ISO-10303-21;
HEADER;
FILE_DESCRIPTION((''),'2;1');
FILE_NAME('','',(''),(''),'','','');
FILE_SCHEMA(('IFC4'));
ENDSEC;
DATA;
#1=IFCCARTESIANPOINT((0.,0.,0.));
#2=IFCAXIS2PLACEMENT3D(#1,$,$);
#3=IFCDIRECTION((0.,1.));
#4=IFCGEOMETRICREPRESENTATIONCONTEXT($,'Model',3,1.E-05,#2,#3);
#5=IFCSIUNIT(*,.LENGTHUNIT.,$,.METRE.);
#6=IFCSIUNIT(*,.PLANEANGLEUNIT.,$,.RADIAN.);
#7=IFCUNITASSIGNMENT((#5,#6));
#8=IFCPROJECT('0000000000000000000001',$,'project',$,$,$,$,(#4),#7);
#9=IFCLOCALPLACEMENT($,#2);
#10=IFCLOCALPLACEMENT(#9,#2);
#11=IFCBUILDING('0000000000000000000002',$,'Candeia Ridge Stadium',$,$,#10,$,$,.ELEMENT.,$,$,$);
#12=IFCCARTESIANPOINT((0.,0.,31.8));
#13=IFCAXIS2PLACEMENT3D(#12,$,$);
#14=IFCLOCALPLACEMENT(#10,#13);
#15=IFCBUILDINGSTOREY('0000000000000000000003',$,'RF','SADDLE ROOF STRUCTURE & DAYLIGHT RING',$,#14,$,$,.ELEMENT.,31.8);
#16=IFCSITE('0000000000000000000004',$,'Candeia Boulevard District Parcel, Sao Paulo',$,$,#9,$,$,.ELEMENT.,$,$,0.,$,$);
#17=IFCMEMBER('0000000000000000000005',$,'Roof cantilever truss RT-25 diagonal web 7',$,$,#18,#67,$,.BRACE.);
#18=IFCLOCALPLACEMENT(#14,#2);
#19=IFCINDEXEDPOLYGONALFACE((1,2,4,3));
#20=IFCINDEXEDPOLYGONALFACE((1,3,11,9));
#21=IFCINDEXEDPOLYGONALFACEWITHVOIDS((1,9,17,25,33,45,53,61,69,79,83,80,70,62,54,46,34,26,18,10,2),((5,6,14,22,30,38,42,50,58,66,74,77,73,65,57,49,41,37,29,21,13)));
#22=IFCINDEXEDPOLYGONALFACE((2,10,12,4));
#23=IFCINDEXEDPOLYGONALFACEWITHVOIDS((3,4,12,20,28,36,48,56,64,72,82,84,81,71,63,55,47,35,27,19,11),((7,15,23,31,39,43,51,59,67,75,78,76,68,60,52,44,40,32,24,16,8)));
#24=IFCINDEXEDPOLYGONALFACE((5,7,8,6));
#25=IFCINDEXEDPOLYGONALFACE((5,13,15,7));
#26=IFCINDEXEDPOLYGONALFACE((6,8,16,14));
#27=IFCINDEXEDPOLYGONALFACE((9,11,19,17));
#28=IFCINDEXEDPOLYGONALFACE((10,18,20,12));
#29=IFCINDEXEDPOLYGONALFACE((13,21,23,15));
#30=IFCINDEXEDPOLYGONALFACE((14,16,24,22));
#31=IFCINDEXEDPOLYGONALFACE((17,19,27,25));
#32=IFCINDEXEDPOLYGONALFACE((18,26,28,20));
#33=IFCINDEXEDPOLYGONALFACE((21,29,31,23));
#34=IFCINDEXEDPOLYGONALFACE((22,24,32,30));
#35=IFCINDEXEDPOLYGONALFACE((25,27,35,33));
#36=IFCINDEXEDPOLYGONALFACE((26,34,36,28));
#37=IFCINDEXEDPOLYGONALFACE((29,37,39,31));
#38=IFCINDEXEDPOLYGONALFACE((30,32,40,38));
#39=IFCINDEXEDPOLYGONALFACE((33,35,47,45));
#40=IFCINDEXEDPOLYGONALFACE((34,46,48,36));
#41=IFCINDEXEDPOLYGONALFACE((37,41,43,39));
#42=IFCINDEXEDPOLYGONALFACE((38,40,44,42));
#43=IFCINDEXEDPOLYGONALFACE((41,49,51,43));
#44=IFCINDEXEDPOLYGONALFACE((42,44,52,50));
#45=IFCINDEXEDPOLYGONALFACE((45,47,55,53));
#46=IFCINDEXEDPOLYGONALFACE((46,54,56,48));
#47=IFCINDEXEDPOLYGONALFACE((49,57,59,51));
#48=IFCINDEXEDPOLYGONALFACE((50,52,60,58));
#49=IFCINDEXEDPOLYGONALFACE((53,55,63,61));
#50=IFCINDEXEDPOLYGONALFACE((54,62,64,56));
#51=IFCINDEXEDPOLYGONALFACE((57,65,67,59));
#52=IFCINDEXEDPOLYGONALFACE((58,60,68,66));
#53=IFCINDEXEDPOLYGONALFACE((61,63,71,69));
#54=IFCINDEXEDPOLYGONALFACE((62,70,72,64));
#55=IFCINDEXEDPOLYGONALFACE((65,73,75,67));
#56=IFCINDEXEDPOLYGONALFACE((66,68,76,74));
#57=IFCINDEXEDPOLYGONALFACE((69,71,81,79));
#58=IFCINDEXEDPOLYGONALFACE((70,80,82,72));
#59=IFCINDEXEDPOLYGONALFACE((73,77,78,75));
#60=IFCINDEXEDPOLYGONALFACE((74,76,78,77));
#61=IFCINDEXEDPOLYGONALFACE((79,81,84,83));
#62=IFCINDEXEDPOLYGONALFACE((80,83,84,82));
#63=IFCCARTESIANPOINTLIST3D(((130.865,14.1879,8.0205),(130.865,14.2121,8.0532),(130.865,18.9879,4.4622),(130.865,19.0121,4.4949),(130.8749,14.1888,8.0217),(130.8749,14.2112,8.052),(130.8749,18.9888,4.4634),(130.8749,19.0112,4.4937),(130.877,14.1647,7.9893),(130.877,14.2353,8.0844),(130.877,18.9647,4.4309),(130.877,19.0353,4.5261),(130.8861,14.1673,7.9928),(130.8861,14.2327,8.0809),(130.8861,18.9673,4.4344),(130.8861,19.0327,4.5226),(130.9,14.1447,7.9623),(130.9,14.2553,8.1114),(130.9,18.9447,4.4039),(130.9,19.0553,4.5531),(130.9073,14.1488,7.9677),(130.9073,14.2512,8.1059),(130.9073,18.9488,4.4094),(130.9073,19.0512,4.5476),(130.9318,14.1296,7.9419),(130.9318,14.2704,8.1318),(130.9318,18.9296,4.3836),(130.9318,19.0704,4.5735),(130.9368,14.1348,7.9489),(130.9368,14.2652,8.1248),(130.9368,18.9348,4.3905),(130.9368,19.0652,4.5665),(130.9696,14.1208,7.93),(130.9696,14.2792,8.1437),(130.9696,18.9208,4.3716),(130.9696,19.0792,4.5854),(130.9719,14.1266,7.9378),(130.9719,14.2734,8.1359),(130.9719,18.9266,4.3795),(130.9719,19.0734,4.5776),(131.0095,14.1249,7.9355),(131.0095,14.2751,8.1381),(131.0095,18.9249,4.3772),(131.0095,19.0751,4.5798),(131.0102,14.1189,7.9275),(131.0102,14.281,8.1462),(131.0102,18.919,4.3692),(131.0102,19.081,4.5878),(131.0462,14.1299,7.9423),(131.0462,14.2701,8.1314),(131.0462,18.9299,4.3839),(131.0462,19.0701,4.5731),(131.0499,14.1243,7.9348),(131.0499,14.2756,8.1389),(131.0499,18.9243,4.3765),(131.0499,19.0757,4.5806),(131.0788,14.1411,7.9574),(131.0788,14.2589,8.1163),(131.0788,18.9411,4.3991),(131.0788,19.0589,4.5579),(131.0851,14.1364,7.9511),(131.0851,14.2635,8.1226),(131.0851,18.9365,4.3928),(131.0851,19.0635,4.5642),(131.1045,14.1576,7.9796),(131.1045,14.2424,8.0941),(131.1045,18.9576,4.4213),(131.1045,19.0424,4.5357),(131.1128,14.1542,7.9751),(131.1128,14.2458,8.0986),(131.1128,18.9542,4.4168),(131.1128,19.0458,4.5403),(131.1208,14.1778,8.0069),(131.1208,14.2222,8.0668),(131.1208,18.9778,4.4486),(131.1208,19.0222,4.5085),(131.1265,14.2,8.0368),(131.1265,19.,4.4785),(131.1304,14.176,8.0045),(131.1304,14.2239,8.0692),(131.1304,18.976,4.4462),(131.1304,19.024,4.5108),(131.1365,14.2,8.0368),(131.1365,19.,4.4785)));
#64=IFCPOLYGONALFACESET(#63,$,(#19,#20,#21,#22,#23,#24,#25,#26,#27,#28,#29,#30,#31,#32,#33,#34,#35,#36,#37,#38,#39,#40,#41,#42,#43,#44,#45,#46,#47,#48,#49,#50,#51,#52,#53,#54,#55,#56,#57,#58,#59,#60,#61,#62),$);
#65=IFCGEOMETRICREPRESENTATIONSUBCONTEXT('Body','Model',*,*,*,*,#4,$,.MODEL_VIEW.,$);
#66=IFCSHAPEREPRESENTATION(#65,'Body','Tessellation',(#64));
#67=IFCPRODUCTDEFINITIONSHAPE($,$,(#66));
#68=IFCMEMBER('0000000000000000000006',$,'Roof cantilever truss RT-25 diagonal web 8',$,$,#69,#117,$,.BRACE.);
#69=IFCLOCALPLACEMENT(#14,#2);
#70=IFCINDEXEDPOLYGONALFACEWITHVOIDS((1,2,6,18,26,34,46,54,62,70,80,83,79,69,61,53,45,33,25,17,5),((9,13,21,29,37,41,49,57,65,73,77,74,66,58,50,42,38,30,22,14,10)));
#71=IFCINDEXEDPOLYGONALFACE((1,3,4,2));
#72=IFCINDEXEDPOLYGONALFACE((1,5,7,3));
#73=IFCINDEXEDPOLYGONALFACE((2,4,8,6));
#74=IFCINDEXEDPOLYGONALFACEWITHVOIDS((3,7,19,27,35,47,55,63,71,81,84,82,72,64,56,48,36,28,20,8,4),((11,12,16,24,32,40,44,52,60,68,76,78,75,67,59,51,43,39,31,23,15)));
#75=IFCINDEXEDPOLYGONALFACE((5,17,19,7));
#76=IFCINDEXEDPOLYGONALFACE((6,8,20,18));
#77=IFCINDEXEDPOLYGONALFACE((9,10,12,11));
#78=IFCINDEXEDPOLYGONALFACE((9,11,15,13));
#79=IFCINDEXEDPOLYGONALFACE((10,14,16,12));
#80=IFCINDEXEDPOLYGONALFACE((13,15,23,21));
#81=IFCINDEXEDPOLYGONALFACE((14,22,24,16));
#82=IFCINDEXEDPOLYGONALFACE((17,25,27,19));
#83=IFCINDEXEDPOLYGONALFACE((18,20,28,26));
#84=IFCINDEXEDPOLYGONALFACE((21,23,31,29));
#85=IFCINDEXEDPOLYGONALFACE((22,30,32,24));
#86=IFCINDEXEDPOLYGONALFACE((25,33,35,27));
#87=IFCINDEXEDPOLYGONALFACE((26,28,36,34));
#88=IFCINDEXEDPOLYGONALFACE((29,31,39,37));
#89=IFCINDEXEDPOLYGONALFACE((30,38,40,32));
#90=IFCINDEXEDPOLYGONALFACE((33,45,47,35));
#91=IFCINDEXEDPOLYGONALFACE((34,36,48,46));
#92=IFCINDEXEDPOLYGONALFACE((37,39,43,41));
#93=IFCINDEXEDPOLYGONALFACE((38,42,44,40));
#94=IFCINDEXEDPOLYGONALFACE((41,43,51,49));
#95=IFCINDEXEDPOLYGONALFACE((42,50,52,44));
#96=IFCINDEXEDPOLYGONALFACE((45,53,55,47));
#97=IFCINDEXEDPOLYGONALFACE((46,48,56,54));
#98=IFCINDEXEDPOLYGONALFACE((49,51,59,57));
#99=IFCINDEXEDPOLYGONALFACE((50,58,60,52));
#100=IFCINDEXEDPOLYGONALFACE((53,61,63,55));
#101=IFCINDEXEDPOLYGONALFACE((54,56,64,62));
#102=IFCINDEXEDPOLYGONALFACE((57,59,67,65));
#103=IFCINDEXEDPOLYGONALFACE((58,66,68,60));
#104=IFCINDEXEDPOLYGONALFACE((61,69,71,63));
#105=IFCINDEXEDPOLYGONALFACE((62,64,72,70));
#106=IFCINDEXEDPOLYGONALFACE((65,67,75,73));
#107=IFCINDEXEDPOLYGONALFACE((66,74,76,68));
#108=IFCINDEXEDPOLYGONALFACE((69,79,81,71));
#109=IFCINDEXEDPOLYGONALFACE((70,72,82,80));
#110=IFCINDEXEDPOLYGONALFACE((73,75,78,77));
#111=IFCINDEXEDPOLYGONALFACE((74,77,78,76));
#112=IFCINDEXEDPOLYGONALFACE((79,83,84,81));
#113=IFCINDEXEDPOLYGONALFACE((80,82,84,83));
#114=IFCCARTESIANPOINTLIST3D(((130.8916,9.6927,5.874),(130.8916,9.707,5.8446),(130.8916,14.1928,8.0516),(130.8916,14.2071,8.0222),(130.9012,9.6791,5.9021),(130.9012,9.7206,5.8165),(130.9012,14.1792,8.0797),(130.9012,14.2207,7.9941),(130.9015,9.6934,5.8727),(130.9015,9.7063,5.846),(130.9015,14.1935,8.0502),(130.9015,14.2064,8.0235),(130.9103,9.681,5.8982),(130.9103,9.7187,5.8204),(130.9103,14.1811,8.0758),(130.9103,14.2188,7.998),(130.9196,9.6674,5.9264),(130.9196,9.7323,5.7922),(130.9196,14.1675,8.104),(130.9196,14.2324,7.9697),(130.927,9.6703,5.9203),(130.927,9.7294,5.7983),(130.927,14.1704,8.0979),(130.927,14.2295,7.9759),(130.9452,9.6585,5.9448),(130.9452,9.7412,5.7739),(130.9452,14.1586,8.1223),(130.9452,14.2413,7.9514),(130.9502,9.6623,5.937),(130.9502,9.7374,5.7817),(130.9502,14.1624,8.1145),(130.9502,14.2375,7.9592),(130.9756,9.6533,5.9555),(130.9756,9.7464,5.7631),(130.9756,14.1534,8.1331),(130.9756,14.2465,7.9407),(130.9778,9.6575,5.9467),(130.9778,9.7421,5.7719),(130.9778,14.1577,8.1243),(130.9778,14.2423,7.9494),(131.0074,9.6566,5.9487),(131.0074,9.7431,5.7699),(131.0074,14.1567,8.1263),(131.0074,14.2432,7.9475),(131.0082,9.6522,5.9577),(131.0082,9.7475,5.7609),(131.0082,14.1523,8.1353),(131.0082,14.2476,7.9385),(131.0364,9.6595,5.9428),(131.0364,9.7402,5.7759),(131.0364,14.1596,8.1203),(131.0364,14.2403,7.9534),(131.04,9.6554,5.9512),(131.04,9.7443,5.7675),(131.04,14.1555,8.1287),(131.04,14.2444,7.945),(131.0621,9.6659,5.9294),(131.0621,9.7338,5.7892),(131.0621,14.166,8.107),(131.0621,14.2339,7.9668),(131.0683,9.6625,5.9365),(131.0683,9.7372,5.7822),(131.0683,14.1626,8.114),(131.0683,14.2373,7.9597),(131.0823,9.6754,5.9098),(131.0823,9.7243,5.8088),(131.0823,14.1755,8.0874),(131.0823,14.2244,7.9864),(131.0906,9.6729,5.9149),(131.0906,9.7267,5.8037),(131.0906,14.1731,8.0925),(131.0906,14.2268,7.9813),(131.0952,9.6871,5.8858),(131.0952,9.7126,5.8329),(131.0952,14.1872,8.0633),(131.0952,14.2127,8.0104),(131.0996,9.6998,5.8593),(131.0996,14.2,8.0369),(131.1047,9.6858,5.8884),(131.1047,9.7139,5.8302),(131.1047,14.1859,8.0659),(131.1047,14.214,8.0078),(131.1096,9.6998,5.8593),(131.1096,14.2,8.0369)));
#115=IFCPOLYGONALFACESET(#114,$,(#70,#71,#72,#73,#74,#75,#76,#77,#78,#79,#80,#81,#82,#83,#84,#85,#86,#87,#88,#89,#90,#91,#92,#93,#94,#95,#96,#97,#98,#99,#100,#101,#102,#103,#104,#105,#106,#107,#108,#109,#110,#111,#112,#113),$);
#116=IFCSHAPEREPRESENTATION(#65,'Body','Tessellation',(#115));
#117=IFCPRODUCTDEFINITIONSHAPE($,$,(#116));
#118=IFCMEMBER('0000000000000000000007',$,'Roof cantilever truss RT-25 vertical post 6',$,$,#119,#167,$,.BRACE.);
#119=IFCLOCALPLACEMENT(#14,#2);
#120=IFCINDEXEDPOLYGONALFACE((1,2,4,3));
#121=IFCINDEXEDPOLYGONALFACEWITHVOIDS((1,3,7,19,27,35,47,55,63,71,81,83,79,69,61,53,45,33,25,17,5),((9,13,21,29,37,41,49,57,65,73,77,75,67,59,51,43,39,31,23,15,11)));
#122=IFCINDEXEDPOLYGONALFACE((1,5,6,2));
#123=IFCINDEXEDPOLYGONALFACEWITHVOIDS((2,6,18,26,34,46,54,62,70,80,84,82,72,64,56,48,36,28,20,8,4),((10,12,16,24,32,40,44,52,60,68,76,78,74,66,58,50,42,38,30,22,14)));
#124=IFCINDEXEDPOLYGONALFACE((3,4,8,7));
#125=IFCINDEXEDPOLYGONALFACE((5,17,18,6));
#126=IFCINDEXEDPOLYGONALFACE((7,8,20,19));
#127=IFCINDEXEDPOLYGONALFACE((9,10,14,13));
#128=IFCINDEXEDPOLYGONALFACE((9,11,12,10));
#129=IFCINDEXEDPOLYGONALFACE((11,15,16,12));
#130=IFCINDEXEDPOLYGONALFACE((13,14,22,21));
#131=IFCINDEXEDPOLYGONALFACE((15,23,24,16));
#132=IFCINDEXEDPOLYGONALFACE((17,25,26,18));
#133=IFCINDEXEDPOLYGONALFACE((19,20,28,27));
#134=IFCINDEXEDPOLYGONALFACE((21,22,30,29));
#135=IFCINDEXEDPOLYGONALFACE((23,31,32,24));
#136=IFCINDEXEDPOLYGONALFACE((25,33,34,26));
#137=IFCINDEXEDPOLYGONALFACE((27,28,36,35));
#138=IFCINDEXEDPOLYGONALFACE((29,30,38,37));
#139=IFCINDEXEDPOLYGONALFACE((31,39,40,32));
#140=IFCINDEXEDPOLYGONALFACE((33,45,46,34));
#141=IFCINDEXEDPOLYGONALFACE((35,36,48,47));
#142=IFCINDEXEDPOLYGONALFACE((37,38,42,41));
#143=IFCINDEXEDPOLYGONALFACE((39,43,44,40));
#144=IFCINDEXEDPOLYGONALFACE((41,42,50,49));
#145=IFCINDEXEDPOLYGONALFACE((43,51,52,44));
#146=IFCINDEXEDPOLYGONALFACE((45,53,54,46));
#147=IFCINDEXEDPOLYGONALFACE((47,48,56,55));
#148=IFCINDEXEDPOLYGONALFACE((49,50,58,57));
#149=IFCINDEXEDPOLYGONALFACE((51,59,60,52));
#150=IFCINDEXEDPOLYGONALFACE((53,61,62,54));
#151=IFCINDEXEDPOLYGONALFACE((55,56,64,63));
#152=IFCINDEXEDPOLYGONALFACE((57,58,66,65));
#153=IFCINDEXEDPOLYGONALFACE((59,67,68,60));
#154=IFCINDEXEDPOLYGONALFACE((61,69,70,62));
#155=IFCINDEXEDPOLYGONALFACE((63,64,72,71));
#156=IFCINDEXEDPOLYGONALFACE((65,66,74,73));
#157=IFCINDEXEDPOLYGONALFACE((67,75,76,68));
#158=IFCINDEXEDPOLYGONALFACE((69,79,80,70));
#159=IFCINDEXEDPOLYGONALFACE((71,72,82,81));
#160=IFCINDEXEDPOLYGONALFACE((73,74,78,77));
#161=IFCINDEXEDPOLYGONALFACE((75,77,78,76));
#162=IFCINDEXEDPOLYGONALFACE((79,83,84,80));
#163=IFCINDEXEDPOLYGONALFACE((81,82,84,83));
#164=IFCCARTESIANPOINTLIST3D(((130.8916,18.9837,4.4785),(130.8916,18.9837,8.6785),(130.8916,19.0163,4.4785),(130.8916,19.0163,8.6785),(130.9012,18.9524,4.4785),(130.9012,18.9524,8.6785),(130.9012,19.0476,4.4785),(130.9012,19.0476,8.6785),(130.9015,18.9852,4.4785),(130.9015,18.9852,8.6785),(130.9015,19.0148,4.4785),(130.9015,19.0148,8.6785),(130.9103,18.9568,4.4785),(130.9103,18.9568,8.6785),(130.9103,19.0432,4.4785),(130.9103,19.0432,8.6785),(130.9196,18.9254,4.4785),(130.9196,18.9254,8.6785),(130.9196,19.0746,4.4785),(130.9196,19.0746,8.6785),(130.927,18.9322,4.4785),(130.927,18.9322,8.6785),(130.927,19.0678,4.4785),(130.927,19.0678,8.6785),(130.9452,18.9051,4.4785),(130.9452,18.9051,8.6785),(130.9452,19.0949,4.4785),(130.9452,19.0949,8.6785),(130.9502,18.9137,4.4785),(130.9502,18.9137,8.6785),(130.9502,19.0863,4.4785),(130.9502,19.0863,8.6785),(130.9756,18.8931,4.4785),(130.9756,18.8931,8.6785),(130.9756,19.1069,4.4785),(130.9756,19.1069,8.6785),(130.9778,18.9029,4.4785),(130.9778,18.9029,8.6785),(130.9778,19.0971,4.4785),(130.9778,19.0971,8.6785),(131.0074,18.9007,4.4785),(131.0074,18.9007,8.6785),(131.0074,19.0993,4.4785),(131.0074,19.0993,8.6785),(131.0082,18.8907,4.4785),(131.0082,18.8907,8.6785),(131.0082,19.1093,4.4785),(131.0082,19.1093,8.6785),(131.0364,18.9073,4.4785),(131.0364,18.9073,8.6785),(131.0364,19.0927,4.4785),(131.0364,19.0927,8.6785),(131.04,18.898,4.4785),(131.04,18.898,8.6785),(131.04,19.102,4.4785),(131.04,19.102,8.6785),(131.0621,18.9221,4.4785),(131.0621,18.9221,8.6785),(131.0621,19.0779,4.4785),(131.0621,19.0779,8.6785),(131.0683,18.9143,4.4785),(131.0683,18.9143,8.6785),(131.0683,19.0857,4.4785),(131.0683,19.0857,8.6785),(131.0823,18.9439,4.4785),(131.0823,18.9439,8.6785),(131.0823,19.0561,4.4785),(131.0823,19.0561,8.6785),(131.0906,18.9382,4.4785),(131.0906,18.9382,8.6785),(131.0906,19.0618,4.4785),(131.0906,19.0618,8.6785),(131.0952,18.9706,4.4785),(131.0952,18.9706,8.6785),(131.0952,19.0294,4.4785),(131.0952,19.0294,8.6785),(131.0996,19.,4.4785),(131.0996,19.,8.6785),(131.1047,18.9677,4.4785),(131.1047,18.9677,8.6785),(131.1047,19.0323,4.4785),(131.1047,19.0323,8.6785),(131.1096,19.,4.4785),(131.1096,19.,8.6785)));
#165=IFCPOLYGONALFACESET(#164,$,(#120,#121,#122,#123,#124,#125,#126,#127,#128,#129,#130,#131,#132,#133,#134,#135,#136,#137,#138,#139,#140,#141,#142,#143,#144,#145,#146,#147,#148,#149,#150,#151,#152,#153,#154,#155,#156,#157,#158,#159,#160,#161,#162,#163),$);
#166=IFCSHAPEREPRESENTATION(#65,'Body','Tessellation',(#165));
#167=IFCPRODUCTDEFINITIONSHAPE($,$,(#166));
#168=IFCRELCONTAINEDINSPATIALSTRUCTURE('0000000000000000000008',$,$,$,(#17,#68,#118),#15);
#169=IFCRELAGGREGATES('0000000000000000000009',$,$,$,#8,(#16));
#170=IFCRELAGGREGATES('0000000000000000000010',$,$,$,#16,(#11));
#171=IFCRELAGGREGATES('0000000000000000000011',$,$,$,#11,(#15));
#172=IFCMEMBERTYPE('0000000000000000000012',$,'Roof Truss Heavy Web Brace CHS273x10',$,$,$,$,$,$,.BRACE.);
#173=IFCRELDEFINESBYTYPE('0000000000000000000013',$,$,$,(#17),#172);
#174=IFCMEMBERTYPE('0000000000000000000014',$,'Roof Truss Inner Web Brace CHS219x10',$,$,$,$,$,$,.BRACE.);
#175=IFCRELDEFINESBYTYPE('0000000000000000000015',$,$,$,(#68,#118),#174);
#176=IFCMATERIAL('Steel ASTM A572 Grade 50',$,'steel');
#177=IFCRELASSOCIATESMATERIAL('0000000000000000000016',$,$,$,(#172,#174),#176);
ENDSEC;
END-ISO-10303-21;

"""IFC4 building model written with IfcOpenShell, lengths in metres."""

from ifc_helpers import new_model, si_unit, direction, frame, origin, origin_2d, place, context, subcontext, project, spatial, hollow_circle, extrude, material, material_profile, profile_set, type_object, element, save


model = new_model("IFC4")

# Units and contexts
model_context = context("Model", 3, precision=1e-05, world=origin(), true_north=direction((0.0, 1.0)))
body_context = subcontext(model_context, "Body", "Model", "MODEL_VIEW")
ifc_project = project(units=[si_unit("LENGTHUNIT", "METRE"), si_unit("PLANEANGLEUNIT", "RADIAN")], contexts=[model_context])

# Site, building, storey
site_placement = place(None, origin())
site = spatial("IfcSite", under=ifc_project, at=site_placement, Name="Candeia Boulevard District Parcel, Sao Paulo", CompositionType="ELEMENT", RefElevation=0.0)
building_placement = place(site_placement, origin())
building = spatial("IfcBuilding", under=site, at=building_placement, Name="Candeia Ridge Stadium", CompositionType="ELEMENT")
storey_placement = place(building_placement, frame((0.0, 0.0, 31.8)))
storey = spatial("IfcBuildingStorey", under=building, at=storey_placement, Name="RF", Description="SADDLE ROOF STRUCTURE & DAYLIGHT RING", CompositionType="ELEMENT", Elevation=31.8)

# Shared definitions
ifc_material_1 = material(Name="Steel ASTM A572 Grade 50", Category="steel")

# Members
ifc_material_profile_1 = material_profile(ifc_material_1, hollow_circle(Radius=0.1365, WallThickness=0.01, at=origin_2d()), Name="CHS273x10", Category="steel")
ifc_profile_set_1 = profile_set([ifc_material_profile_1], Name="Steel ASTM A572 Grade 50")
member_type_1 = type_object("IfcMemberType", Name="Roof Truss Heavy Web Brace CHS273x10", PredefinedType="BRACE", material=ifc_profile_set_1)
member_1_placement = place(storey_placement, frame((131.0, 19.0, 4.4785), z_axis=(0.0, -0.803336, 0.595526), x_axis=(1.0, 0.0, 0.0)))
element("IfcMember", 1, at=member_1_placement, inside=storey, type_object=member_type_1, Name="Roof cantilever truss RT-25 diagonal web 7", PredefinedType="BRACE", context=body_context, shape_type="SweptSolid", body=[
    extrude(hollow_circle(Radius=0.1365, WallThickness=0.01, at=origin_2d()), origin(), (0.0, 0.0, 1.0), 5.9751),
])
ifc_material_profile_2 = material_profile(ifc_material_1, hollow_circle(Radius=0.1096, WallThickness=0.01, at=origin_2d()), Name="CHS219x10", Category="steel")
ifc_profile_set_2 = profile_set([ifc_material_profile_2], Name="Steel ASTM A572 Grade 50")
member_type_2 = type_object("IfcMemberType", Name="Roof Truss Inner Web Brace CHS219x10", PredefinedType="BRACE", material=ifc_profile_set_2)
member_2_placement = place(storey_placement, frame((131.0, 14.2, 8.0369), z_axis=(0.0, -0.900154, -0.435572), x_axis=(1.0, 0.0, 0.0)))
element("IfcMember", 2, at=member_2_placement, inside=storey, type_object=member_type_2, Name="Roof cantilever truss RT-25 diagonal web 8", PredefinedType="BRACE", context=body_context, shape_type="SweptSolid", body=[
    extrude(hollow_circle(Radius=0.1096, WallThickness=0.01, at=origin_2d()), origin(), (0.0, 0.0, 1.0), 4.9993),
])
member_3_placement = place(storey_placement, frame((131.0, 19.0, 4.4785), z_axis=(0.0, 0.0, 1.0), x_axis=(1.0, 0.0, 0.0)))
element("IfcMember", 3, at=member_3_placement, inside=storey, type_object=member_type_2, Name="Roof cantilever truss RT-25 vertical post 6", PredefinedType="BRACE", context=body_context, shape_type="SweptSolid", body=[
    extrude(hollow_circle(Radius=0.1096, WallThickness=0.01, at=origin_2d()), origin(), (0.0, 0.0, 1.0), 4.2),
])

save(model, "model.ifc")
